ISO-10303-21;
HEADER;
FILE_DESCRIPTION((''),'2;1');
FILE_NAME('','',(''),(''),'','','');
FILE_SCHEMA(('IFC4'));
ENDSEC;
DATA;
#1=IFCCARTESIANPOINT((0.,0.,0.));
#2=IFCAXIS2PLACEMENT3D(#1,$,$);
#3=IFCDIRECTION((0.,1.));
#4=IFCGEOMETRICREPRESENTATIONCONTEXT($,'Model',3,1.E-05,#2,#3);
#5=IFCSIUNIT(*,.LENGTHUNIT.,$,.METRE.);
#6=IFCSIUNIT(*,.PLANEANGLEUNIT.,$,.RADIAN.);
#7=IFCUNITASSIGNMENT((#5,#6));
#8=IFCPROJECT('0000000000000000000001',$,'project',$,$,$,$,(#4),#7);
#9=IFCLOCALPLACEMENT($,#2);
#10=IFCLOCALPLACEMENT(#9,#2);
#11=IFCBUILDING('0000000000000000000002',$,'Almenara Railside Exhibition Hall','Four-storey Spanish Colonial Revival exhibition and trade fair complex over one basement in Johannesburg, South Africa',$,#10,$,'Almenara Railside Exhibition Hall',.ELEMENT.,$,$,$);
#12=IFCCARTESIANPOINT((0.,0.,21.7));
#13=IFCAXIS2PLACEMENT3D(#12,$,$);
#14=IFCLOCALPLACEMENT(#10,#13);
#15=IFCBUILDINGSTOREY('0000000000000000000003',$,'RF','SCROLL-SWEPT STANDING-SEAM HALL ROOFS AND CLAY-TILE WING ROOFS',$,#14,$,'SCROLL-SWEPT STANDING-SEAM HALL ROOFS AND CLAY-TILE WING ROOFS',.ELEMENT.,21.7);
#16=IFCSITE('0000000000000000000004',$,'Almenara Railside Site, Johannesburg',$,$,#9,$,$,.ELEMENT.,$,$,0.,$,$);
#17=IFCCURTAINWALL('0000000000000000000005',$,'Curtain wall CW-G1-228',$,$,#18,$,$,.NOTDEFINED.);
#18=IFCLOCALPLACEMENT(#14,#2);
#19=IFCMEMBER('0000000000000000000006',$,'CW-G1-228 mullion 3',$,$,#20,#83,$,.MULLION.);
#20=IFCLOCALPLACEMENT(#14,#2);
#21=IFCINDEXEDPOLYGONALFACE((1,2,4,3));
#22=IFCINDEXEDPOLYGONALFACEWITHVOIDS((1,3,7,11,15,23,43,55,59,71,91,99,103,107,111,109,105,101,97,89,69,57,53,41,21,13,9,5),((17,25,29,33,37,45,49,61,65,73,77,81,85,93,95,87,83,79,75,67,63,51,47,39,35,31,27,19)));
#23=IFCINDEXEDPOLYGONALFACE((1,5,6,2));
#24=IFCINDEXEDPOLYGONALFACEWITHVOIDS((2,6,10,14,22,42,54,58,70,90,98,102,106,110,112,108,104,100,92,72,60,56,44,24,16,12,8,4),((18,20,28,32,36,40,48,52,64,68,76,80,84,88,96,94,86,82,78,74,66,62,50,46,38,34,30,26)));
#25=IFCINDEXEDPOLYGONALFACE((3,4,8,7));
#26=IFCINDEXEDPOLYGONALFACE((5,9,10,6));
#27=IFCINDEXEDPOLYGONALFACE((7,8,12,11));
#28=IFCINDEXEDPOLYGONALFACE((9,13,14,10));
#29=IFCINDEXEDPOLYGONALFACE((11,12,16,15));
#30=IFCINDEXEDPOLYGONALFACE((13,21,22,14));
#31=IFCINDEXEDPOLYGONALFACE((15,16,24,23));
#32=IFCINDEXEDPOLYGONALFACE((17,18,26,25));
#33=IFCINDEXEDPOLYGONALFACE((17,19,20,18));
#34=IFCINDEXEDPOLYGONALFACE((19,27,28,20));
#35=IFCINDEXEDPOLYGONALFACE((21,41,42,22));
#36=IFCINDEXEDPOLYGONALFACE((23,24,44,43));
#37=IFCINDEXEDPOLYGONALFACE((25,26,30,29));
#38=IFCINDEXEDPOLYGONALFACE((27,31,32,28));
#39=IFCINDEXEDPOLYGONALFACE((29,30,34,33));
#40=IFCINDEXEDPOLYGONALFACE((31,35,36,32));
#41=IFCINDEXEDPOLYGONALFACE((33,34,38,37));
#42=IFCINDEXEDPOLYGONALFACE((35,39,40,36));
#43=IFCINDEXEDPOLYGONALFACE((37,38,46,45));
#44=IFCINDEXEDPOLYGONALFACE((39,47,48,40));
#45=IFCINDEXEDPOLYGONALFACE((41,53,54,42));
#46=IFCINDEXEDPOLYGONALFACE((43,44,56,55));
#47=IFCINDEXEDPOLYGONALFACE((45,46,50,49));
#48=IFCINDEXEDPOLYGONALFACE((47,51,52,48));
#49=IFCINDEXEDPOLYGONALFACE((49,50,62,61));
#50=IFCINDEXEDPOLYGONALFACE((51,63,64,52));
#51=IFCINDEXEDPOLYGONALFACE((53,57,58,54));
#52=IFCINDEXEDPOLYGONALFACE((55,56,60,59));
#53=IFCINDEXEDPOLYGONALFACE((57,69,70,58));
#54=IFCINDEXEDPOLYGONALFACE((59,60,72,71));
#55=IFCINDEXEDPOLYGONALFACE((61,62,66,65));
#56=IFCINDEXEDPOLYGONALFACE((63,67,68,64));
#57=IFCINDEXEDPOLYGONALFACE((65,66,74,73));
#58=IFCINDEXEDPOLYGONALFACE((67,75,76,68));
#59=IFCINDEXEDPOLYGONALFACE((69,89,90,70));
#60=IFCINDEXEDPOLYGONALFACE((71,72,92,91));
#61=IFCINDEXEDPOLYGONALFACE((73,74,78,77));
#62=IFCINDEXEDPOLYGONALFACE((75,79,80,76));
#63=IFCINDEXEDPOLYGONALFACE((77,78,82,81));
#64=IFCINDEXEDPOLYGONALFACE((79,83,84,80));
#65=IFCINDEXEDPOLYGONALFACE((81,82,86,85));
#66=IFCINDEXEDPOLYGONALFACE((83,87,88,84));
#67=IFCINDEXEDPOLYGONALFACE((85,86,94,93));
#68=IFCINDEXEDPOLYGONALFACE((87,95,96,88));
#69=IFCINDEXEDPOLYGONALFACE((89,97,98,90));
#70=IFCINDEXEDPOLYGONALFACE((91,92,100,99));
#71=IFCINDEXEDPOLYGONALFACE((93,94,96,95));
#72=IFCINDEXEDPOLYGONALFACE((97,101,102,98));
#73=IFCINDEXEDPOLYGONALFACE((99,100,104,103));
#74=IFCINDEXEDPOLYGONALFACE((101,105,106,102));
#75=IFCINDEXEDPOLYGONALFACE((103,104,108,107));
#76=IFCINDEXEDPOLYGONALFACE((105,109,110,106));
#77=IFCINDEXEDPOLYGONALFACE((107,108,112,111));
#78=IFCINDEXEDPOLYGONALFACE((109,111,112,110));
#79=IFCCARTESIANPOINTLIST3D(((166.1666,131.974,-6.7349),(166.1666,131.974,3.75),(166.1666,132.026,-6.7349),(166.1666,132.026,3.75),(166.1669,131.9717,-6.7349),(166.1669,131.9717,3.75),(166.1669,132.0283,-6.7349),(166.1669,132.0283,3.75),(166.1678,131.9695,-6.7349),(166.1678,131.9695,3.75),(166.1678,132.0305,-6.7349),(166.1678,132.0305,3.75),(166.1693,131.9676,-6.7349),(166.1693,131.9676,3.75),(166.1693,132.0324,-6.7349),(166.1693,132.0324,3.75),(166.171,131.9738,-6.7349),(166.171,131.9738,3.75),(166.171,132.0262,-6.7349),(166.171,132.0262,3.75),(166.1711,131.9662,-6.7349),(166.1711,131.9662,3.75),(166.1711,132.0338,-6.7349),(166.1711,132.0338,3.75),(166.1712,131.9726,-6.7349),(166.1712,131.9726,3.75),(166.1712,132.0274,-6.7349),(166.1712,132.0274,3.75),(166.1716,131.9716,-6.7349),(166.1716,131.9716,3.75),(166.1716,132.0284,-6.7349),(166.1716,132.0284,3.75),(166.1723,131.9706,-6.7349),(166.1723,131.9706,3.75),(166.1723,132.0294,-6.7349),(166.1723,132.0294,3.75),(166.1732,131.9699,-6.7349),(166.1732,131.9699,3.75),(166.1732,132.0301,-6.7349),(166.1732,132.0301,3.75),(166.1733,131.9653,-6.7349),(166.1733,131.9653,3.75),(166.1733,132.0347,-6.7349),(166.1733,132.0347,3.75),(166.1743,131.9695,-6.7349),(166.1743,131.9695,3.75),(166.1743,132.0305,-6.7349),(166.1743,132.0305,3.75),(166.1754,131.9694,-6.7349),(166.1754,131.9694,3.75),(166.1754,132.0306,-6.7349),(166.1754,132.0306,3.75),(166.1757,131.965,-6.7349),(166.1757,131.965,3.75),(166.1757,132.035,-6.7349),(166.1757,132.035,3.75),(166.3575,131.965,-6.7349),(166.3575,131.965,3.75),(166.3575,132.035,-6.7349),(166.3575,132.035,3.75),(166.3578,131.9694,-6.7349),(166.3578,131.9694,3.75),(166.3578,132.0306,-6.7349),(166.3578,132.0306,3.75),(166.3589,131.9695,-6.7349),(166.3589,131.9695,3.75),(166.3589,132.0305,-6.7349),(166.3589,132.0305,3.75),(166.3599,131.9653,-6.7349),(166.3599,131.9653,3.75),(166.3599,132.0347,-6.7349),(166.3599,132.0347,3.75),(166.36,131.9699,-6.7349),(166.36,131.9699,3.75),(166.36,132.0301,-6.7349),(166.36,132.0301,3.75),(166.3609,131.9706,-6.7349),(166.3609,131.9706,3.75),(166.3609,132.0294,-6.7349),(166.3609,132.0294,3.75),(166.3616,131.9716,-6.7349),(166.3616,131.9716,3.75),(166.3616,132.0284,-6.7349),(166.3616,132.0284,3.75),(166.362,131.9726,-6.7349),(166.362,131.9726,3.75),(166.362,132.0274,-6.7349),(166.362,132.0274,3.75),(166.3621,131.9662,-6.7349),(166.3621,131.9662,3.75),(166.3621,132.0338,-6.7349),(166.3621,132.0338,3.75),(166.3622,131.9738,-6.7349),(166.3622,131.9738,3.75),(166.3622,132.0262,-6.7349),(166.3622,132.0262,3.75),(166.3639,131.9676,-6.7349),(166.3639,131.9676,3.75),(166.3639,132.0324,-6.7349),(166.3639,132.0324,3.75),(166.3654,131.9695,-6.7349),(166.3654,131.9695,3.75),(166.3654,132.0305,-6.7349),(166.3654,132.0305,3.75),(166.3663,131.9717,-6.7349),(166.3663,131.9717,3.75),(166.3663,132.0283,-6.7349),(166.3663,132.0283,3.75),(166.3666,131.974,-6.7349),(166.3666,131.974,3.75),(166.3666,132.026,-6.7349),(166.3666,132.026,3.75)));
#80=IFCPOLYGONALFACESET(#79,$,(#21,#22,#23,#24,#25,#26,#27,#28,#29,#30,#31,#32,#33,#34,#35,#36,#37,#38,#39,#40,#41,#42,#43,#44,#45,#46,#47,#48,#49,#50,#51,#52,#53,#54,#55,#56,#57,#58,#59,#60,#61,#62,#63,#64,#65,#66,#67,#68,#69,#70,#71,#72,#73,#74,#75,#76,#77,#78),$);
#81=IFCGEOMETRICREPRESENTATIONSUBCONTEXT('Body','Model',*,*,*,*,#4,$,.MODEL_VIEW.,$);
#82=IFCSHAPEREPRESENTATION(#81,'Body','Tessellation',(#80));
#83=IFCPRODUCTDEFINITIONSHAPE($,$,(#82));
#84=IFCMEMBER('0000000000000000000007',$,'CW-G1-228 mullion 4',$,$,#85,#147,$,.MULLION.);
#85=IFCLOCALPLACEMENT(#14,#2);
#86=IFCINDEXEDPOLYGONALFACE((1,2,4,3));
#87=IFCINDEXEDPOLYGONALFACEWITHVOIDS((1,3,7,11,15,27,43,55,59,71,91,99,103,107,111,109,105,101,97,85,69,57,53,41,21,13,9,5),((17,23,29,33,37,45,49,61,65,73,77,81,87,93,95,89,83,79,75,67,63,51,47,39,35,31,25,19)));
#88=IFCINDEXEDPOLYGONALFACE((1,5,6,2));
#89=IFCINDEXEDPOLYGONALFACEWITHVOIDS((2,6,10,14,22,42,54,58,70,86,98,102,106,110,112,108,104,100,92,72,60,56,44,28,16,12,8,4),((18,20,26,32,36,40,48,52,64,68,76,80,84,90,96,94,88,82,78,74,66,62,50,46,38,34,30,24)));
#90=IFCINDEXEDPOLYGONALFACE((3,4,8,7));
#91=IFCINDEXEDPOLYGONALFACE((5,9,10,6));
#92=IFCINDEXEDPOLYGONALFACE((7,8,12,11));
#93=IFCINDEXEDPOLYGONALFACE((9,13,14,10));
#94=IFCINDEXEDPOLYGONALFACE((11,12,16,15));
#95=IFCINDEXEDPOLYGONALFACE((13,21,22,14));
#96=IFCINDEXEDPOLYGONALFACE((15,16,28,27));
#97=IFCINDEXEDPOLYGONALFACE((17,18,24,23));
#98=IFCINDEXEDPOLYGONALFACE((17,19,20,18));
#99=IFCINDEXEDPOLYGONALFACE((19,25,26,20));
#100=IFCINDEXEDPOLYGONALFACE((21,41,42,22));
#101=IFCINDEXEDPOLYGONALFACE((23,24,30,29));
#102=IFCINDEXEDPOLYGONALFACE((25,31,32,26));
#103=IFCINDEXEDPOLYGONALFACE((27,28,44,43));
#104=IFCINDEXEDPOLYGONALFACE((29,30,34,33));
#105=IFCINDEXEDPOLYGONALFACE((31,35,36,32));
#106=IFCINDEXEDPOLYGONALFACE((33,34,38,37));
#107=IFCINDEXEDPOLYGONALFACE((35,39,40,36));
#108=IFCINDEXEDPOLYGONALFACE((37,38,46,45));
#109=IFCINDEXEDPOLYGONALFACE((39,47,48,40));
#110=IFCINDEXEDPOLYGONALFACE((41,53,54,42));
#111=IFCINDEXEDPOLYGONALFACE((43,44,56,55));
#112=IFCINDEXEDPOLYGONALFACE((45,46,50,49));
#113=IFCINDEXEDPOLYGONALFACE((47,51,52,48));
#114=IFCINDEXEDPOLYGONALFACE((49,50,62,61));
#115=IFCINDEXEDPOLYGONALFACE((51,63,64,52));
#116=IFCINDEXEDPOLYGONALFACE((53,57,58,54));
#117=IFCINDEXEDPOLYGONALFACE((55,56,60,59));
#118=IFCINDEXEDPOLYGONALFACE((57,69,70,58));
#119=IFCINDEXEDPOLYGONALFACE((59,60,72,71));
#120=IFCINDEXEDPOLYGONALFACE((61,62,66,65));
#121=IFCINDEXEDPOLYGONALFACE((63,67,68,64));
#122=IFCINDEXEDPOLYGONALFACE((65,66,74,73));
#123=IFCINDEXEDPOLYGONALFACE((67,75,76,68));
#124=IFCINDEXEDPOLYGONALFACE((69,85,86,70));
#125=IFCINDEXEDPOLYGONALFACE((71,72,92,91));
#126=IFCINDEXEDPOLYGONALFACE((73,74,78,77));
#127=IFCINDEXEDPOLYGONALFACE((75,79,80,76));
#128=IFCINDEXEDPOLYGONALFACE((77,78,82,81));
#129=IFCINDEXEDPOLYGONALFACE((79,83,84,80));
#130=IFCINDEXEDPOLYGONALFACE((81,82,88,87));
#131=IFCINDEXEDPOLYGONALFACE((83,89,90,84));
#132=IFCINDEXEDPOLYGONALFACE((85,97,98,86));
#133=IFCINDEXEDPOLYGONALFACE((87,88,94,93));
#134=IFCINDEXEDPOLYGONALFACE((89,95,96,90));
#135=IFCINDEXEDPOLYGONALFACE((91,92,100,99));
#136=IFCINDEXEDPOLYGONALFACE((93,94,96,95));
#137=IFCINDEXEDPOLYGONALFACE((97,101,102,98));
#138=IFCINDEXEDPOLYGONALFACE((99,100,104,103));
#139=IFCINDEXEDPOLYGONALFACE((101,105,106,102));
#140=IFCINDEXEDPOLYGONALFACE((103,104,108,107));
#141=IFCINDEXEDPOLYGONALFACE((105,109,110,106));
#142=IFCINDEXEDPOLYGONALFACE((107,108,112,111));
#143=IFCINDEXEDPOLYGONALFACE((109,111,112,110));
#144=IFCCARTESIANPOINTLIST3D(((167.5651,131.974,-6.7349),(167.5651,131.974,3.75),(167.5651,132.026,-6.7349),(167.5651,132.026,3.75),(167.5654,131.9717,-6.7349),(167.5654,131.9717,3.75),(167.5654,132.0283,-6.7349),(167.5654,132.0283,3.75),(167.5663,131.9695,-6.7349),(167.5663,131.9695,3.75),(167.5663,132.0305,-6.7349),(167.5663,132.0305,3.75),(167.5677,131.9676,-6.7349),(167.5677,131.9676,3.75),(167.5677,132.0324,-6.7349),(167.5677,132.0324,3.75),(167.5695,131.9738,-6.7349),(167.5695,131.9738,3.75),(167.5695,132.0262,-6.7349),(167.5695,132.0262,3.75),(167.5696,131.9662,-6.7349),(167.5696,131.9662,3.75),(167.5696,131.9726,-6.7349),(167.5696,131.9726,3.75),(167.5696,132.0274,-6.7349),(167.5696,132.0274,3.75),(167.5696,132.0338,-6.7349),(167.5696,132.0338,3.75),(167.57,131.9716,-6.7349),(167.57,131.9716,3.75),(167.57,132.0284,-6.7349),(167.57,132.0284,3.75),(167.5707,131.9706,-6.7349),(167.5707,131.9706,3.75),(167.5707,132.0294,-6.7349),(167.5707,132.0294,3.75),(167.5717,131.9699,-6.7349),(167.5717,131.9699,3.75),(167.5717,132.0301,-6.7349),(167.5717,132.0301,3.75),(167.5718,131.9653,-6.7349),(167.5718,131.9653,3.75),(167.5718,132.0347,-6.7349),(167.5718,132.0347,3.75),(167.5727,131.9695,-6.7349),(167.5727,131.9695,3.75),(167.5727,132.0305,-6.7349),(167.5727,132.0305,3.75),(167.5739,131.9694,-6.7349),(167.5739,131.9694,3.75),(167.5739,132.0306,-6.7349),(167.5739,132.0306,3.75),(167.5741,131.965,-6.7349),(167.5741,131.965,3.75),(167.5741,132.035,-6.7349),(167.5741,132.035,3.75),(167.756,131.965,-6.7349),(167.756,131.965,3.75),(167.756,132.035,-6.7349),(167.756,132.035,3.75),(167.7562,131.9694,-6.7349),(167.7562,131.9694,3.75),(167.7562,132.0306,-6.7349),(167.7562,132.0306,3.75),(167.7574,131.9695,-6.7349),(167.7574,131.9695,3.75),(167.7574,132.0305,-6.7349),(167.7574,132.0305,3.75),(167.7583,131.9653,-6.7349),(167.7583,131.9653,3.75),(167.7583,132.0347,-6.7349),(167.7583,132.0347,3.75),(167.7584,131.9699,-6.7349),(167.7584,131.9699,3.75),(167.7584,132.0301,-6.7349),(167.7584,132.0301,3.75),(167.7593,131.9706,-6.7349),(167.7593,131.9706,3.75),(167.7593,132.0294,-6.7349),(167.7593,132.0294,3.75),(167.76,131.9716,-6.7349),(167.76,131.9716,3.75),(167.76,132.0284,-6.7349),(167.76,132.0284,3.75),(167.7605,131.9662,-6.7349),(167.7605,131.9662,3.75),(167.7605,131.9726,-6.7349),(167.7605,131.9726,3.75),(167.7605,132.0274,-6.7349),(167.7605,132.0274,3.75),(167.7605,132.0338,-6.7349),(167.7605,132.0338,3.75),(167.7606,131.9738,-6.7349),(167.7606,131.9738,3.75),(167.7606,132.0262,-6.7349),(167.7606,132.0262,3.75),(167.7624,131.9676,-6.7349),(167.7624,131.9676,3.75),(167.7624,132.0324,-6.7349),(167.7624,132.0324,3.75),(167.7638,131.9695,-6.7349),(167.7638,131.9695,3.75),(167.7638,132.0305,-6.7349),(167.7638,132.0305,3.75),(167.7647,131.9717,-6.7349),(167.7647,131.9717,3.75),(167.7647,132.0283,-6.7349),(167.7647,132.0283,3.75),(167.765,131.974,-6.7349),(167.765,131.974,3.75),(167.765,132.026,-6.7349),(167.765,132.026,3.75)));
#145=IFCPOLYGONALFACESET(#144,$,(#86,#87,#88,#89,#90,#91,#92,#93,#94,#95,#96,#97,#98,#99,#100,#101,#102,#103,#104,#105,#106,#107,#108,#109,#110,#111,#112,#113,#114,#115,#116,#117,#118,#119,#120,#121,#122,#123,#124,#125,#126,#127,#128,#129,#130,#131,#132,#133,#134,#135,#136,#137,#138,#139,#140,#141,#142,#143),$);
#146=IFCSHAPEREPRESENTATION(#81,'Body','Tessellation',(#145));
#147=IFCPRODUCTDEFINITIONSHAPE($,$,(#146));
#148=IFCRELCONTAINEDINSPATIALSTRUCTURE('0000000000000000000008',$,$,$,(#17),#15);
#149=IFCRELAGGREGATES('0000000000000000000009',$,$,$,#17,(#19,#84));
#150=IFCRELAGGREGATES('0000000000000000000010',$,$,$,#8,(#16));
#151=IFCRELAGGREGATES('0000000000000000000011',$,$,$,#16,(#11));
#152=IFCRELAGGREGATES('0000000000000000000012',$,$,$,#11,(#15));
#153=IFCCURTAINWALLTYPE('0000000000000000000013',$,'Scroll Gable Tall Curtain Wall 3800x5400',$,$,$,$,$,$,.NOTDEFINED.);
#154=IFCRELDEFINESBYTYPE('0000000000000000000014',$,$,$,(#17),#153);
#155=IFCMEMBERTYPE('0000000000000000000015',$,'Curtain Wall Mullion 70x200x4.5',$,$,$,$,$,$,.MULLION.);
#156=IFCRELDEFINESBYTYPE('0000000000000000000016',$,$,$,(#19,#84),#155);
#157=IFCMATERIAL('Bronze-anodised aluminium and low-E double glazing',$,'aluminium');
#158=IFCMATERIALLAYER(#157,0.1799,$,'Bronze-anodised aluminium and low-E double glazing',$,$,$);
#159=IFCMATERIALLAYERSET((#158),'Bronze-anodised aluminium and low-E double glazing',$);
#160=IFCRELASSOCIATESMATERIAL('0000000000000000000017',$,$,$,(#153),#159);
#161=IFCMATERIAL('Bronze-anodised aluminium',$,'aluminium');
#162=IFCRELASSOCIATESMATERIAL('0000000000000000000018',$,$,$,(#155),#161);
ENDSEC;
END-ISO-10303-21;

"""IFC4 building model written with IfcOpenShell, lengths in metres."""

from ifc_helpers import new_model, si_unit, direction, frame, origin, origin_2d, place, context, subcontext, project, spatial, hollow_rectangle, extrude, material, layer, layer_set, material_profile, profile_set, type_object, element, aggregate, save


model = new_model("IFC4")

# Units and contexts
model_context = context("Model", 3, precision=1e-05, world=origin(), true_north=direction((0.0, 1.0)))
body_context = subcontext(model_context, "Body", "Model", "MODEL_VIEW")
ifc_project = project(units=[si_unit("LENGTHUNIT", "METRE"), si_unit("PLANEANGLEUNIT", "RADIAN")], contexts=[model_context])

# Site, building, storey
site_placement = place(None, origin())
site = spatial("IfcSite", under=ifc_project, at=site_placement, Name="Almenara Railside Site, Johannesburg", CompositionType="ELEMENT", RefElevation=0.0)
building_placement = place(site_placement, origin())
building = spatial("IfcBuilding", under=site, at=building_placement, Name="Almenara Railside Exhibition Hall", Description="Four-storey Spanish Colonial Revival exhibition and trade fair complex over one basement in Johannesburg, South Africa", LongName="Almenara Railside Exhibition Hall", CompositionType="ELEMENT")
storey_placement = place(building_placement, frame((0.0, 0.0, 21.7)))
storey = spatial("IfcBuildingStorey", under=building, at=storey_placement, Name="RF", Description="SCROLL-SWEPT STANDING-SEAM HALL ROOFS AND CLAY-TILE WING ROOFS", LongName="SCROLL-SWEPT STANDING-SEAM HALL ROOFS AND CLAY-TILE WING ROOFS", CompositionType="ELEMENT", Elevation=21.7)

# Curtain wall, members
ifc_material_1 = material(Name="Bronze-anodised aluminium and low-E double glazing", Category="aluminium")
ifc_layer_1 = layer(ifc_material_1, 0.1799, Name="Bronze-anodised aluminium and low-E double glazing")
ifc_layer_set_1 = layer_set([ifc_layer_1], Name="Bronze-anodised aluminium and low-E double glazing")
curtain_wall_type = type_object("IfcCurtainWallType", Name="Scroll Gable Tall Curtain Wall 3800x5400", PredefinedType="NOTDEFINED", material=ifc_layer_set_1)
ifc_material_2 = material(Name="Bronze-anodised aluminium", Category="aluminium")
curtain_wall_1_placement = place(storey_placement, origin())
curtain_wall_1 = element("IfcCurtainWall", 1, at=curtain_wall_1_placement, inside=storey, type_object=curtain_wall_type, Name="Curtain wall CW-G1-228", PredefinedType="NOTDEFINED")
ifc_material_profile_1 = material_profile(ifc_material_2, hollow_rectangle(XDim=0.0701, YDim=0.2, WallThickness=0.0044, InnerFilletRadius=0.0044, OuterFilletRadius=0.009, at=origin_2d()), Name="ALU-MUL 70x200x4.5")
ifc_profile_set_1 = profile_set([ifc_material_profile_1], Name="Bronze-anodised aluminium")
member_type_1 = type_object("IfcMemberType", Name="Curtain Wall Mullion 70x200x4.5", PredefinedType="MULLION", material=ifc_profile_set_1)
member_1_placement = place(storey_placement, frame((166.2666, 132.0, -6.7349), z_axis=(0.0, 0.0, 1.0), x_axis=(0.0, 1.0, 0.0)))
member_1 = element("IfcMember", 2, at=member_1_placement, type_object=member_type_1, Name="CW-G1-228 mullion 3", PredefinedType="MULLION", context=body_context, shape_type="SweptSolid", body=[
    extrude(hollow_rectangle(XDim=0.0701, YDim=0.2, WallThickness=0.0044, InnerFilletRadius=0.0044, OuterFilletRadius=0.009, at=origin_2d()), origin(), (0.0, 0.0, 1.0), 10.4849),
])
member_2_placement = place(storey_placement, frame((167.665, 132.0, -6.7349), z_axis=(0.0, 0.0, 1.0), x_axis=(0.0, 1.0, 0.0)))
member_2 = element("IfcMember", 3, at=member_2_placement, type_object=member_type_1, Name="CW-G1-228 mullion 4", PredefinedType="MULLION", context=body_context, shape_type="SweptSolid", body=[
    extrude(hollow_rectangle(XDim=0.0701, YDim=0.2, WallThickness=0.0044, InnerFilletRadius=0.0044, OuterFilletRadius=0.009, at=origin_2d()), origin(), (0.0, 0.0, 1.0), 10.4849),
])

aggregate(curtain_wall_1, [member_1, member_2])

save(model, "model.ifc")
